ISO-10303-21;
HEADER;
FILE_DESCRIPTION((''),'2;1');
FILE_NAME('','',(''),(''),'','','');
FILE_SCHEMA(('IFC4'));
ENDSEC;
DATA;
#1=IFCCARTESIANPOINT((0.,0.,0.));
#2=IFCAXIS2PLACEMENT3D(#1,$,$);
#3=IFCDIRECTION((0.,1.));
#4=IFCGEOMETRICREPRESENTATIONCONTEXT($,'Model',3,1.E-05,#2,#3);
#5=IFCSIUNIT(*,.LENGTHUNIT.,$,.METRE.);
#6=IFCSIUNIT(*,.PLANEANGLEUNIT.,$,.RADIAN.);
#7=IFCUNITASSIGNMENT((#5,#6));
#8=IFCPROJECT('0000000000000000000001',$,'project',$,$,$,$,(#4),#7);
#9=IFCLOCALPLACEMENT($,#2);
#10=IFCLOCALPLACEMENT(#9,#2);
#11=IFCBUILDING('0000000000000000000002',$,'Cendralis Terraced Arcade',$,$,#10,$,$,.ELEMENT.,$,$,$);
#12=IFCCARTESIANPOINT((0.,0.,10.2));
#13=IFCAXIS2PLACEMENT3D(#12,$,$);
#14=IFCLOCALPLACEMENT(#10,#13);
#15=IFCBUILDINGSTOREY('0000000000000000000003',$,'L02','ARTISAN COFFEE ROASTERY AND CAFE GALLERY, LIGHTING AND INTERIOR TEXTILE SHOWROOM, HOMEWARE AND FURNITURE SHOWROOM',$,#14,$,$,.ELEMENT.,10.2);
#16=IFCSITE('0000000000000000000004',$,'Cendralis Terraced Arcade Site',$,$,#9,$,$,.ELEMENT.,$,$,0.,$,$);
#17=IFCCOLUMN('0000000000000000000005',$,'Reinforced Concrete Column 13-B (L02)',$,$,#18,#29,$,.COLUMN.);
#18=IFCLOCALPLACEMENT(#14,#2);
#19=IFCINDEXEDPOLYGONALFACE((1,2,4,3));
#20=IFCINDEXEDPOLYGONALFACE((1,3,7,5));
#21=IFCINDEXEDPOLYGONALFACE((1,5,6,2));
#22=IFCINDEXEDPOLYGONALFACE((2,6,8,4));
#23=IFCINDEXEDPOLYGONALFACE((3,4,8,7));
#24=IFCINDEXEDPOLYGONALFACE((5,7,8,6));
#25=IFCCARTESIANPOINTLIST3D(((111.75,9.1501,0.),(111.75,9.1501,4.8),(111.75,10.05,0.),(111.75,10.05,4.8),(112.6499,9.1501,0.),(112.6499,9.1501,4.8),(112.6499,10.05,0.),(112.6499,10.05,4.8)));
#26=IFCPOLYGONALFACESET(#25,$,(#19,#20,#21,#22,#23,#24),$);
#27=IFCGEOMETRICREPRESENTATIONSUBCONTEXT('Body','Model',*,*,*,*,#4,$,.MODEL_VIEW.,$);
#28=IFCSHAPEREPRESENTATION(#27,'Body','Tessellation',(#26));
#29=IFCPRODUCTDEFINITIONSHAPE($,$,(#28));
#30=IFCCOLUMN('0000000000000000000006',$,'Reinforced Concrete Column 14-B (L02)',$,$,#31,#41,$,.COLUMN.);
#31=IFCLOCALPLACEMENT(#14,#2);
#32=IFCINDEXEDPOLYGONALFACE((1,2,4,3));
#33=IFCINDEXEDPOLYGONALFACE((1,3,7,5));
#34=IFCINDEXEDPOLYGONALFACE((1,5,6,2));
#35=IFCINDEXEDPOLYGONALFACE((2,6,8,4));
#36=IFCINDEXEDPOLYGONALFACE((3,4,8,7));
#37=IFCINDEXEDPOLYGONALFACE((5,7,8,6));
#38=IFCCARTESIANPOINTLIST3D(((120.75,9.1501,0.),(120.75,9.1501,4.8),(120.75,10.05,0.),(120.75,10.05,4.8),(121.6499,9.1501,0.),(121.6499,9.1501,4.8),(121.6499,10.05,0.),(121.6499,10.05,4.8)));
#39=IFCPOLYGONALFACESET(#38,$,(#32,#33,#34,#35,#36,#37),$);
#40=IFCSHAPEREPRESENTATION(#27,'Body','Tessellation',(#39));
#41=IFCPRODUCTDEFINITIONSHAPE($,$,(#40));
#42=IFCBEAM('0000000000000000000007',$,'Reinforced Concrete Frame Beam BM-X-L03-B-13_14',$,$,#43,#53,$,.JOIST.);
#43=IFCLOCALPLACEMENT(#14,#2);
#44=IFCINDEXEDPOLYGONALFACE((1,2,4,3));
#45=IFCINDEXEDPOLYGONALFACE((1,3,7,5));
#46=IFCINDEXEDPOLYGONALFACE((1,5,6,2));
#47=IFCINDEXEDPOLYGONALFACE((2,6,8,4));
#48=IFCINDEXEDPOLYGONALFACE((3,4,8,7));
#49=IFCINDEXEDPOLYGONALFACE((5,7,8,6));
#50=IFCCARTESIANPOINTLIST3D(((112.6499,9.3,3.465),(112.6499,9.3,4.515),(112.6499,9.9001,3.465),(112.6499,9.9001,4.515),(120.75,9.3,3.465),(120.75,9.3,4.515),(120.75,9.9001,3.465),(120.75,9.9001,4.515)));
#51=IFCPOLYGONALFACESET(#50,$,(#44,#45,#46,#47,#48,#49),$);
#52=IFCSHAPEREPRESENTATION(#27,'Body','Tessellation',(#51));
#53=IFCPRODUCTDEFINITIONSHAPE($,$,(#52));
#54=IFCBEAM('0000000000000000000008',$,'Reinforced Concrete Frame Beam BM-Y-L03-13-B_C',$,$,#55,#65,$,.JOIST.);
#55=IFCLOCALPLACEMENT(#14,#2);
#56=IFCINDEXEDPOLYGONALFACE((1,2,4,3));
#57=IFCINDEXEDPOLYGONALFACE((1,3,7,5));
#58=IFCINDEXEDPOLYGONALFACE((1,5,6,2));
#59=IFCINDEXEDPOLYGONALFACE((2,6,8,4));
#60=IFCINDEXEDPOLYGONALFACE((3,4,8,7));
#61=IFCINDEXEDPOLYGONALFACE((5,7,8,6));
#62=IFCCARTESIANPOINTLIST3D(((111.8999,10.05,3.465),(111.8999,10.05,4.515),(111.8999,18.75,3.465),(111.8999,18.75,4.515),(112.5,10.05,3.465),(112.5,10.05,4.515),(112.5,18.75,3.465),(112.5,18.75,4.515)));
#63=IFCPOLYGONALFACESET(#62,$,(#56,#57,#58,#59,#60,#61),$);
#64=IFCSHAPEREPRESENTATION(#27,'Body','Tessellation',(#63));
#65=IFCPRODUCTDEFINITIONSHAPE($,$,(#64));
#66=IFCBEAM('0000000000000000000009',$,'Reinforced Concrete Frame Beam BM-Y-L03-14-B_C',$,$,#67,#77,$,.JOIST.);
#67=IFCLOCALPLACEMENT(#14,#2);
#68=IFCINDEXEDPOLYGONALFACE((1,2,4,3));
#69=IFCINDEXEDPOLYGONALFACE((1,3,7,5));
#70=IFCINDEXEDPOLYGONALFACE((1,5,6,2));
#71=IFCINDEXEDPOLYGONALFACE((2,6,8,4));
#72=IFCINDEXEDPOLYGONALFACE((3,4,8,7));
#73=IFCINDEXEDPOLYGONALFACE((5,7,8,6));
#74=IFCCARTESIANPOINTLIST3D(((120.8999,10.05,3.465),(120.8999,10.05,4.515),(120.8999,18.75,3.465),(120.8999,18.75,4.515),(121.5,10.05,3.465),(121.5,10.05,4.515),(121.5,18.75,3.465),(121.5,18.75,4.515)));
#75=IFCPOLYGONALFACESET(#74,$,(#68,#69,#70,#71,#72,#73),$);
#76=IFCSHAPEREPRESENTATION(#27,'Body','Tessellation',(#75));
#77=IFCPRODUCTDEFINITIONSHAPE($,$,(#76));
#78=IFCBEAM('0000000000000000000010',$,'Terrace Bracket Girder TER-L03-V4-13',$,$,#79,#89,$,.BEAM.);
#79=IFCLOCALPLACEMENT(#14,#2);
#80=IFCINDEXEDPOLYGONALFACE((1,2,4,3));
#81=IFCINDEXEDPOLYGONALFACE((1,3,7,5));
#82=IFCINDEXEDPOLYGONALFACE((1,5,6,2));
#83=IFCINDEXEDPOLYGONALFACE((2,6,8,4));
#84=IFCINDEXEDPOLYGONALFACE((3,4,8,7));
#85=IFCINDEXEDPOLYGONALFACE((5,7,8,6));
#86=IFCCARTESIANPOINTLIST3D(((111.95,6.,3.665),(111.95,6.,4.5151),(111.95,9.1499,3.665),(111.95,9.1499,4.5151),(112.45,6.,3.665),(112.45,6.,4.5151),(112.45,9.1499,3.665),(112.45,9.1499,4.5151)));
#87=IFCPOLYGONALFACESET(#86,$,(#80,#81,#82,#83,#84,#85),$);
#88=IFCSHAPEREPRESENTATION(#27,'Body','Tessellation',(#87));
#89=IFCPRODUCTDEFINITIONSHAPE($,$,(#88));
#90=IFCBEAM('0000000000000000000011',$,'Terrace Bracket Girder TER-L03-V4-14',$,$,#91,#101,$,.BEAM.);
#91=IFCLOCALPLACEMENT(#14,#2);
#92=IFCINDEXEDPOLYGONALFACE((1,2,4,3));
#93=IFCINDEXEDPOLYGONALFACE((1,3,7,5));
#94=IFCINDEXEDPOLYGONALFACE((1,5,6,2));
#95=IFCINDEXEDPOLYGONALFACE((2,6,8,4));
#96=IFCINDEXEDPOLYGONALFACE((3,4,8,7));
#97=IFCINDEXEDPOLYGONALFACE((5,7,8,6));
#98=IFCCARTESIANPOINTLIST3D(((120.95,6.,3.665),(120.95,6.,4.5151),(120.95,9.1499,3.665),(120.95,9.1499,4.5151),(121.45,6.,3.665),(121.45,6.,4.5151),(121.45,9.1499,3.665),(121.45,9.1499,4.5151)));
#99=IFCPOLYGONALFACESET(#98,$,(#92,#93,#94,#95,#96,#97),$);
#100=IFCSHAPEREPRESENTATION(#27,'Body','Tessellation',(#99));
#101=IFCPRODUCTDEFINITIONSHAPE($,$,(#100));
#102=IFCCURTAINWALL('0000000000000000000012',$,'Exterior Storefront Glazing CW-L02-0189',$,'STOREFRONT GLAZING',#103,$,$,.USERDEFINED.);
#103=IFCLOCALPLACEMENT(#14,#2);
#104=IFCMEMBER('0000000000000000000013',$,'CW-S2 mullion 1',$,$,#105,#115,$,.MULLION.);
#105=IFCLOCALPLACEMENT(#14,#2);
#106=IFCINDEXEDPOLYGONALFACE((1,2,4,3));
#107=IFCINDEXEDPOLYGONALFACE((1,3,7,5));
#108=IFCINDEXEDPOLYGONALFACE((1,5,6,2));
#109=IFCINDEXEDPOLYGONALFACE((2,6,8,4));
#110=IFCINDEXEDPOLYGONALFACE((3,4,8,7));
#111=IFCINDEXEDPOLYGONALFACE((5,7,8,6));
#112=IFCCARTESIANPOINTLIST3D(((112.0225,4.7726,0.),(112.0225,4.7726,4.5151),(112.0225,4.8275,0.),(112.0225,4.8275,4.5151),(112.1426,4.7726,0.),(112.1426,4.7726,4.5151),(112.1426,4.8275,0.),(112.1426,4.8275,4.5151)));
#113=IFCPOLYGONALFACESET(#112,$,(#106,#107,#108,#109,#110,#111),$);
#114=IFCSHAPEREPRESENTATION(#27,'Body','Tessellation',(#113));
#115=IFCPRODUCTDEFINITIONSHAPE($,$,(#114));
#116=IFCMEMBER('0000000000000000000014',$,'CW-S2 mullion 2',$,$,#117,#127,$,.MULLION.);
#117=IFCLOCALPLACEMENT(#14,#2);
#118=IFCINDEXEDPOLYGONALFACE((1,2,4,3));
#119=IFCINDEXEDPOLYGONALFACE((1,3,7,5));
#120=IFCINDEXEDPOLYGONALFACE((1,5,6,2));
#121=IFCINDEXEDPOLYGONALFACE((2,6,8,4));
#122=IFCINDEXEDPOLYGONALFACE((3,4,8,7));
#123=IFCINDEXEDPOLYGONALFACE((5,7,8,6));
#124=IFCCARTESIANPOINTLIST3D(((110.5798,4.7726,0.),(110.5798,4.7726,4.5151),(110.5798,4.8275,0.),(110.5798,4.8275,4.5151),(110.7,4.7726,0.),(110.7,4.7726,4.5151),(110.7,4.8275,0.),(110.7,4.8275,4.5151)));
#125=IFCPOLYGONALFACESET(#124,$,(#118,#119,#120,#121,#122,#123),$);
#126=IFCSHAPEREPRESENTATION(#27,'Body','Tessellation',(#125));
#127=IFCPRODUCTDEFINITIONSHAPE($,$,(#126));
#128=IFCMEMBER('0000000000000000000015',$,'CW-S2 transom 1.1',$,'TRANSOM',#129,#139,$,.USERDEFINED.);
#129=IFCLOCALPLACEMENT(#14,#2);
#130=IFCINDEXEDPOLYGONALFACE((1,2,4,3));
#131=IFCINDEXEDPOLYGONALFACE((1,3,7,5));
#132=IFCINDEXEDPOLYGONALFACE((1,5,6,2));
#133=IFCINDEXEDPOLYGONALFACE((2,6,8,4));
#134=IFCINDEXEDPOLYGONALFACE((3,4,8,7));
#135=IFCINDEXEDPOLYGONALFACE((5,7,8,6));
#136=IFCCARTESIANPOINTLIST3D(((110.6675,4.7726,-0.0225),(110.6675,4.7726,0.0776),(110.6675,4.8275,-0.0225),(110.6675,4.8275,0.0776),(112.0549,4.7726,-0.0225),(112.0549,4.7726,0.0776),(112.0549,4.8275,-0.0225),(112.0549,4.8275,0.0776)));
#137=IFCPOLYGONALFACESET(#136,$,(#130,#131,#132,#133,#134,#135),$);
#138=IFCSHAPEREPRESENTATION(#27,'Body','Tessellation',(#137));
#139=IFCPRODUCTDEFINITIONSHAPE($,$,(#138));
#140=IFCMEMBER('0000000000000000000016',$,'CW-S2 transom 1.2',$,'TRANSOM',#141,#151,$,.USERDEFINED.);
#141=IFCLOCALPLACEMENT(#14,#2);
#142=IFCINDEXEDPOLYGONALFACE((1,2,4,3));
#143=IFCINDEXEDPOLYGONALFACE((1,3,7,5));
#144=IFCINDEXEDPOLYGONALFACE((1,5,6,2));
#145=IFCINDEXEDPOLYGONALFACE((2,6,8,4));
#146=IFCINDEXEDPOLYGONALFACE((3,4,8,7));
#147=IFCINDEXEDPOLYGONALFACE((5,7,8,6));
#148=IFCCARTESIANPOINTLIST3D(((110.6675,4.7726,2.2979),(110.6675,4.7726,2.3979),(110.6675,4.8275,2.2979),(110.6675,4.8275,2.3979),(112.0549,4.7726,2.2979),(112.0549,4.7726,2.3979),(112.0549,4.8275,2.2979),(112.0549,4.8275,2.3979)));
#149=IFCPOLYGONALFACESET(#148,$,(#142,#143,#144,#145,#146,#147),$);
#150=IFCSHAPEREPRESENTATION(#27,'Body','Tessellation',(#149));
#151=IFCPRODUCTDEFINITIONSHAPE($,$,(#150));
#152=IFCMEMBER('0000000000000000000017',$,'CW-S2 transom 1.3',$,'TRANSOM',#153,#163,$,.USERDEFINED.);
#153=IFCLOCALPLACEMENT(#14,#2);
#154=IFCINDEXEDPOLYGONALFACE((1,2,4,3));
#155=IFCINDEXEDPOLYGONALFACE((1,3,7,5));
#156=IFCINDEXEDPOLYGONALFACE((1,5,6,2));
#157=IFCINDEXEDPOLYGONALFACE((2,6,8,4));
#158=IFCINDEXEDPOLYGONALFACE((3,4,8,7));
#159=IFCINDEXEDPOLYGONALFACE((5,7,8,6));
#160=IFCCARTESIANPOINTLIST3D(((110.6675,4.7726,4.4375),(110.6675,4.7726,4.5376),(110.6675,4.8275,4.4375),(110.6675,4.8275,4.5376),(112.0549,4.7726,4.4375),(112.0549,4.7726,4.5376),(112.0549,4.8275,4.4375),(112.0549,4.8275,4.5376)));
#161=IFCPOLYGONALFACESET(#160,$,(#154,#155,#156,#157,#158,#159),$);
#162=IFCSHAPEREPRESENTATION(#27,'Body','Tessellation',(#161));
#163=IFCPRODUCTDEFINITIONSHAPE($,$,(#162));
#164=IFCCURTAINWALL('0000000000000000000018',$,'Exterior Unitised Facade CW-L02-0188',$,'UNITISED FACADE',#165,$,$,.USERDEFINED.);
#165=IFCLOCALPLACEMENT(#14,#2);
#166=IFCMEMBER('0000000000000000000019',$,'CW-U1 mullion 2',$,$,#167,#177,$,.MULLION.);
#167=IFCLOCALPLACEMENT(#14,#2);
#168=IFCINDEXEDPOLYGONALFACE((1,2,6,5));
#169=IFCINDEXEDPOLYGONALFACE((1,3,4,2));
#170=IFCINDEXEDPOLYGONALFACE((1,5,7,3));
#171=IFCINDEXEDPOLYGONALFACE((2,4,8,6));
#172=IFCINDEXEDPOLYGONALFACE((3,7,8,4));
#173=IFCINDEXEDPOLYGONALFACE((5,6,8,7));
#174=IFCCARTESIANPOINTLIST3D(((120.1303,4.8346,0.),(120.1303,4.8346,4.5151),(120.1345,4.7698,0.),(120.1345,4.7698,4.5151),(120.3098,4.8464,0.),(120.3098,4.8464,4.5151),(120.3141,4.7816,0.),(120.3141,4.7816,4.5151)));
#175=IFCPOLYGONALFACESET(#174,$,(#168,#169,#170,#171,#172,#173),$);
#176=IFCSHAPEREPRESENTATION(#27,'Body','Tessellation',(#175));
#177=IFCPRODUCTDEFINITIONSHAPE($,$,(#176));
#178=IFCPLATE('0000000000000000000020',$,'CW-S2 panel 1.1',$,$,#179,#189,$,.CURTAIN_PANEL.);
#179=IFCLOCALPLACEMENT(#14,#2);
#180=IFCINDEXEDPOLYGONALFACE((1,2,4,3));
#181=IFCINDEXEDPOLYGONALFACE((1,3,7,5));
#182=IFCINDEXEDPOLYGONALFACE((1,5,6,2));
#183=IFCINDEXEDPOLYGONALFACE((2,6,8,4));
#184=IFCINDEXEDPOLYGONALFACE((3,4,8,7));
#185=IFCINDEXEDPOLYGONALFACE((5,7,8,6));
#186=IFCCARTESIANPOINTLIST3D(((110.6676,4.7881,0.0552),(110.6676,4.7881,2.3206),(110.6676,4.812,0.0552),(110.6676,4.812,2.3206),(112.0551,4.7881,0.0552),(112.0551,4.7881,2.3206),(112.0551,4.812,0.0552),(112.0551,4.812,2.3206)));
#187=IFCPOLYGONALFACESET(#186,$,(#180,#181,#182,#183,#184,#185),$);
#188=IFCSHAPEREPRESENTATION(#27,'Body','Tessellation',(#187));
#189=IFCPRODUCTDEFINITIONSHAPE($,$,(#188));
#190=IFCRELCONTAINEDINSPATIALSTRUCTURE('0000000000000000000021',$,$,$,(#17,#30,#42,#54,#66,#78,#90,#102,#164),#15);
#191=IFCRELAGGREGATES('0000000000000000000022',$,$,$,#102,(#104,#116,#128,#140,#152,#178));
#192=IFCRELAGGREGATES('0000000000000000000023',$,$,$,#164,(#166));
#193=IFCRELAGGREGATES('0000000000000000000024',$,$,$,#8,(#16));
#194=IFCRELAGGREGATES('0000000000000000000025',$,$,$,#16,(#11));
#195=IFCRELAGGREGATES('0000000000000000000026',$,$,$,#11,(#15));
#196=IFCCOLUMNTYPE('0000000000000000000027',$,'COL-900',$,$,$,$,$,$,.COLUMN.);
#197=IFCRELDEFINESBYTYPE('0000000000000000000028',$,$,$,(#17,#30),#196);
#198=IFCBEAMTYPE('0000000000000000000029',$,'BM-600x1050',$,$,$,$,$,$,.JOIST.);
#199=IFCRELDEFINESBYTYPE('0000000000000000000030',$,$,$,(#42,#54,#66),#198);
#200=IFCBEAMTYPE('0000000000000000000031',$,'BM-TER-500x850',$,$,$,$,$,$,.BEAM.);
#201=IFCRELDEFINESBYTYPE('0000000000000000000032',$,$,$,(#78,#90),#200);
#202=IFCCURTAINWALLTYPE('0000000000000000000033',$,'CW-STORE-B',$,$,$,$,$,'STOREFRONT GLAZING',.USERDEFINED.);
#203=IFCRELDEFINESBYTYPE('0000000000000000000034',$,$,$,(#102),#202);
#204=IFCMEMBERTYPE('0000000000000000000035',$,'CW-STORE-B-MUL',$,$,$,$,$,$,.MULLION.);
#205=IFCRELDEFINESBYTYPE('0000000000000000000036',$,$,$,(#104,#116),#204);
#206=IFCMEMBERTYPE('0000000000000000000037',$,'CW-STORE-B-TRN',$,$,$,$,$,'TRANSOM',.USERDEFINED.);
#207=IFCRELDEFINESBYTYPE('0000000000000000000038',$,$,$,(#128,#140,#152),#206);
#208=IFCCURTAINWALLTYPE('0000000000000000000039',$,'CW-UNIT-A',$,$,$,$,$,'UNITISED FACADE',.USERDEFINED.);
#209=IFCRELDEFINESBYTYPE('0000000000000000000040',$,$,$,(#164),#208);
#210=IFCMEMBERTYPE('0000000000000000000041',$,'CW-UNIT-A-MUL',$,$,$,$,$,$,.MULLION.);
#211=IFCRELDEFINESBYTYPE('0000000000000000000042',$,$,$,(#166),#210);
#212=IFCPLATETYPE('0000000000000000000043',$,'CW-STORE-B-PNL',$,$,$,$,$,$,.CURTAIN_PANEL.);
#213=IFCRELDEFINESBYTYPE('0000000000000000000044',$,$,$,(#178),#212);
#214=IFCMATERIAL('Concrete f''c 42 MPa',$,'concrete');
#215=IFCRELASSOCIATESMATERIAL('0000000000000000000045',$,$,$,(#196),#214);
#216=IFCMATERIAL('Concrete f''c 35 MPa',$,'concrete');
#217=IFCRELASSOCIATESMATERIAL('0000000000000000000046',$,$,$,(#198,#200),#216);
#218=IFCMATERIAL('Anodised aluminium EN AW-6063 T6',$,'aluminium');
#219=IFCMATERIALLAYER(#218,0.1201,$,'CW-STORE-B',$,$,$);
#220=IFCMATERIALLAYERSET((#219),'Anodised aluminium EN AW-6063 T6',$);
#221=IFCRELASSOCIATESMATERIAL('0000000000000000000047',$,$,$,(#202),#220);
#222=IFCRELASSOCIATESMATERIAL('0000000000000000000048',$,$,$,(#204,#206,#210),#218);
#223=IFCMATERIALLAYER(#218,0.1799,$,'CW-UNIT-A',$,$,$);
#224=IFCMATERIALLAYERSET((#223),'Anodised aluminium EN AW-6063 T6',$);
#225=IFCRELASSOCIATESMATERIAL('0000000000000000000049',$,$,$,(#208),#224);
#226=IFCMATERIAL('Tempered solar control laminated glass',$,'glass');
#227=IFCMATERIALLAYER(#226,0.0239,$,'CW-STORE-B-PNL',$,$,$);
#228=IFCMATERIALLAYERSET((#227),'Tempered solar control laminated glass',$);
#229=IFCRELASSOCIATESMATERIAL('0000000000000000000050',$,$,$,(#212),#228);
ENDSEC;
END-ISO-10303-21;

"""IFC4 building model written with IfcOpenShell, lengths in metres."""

from ifc_helpers import new_model, si_unit, direction, frame, origin, origin_2d, place, context, subcontext, project, spatial, rectangle, extrude, material, layer, layer_set, material_profile, profile_set, type_object, element, aggregate, save


model = new_model("IFC4")

# Units and contexts
model_context = context("Model", 3, precision=1e-05, world=origin(), true_north=direction((0.0, 1.0)))
body_context = subcontext(model_context, "Body", "Model", "MODEL_VIEW")
ifc_project = project(units=[si_unit("LENGTHUNIT", "METRE"), si_unit("PLANEANGLEUNIT", "RADIAN")], contexts=[model_context])

# Site, building, storey
site_placement = place(None, origin())
site = spatial("IfcSite", under=ifc_project, at=site_placement, Name="Cendralis Terraced Arcade Site", CompositionType="ELEMENT", RefElevation=0.0)
building_placement = place(site_placement, origin())
building = spatial("IfcBuilding", under=site, at=building_placement, Name="Cendralis Terraced Arcade", CompositionType="ELEMENT")
storey_placement = place(building_placement, frame((0.0, 0.0, 10.2)))
storey = spatial("IfcBuildingStorey", under=building, at=storey_placement, Name="L02", Description="ARTISAN COFFEE ROASTERY AND CAFE GALLERY, LIGHTING AND INTERIOR TEXTILE SHOWROOM, HOMEWARE AND FURNITURE SHOWROOM", CompositionType="ELEMENT", Elevation=10.2)

# Columns
ifc_material_1 = material(Name="Concrete f'c 42 MPa", Category="concrete")
ifc_material_profile_1 = material_profile(ifc_material_1, rectangle(XDim=0.8999, YDim=0.8999, at=origin_2d()), Name="RC-COL-900x900", Category="LoadBearing")
ifc_profile_set_1 = profile_set([ifc_material_profile_1], Name="Concrete f'c 42 MPa")
column_type = type_object("IfcColumnType", Name="COL-900", PredefinedType="COLUMN", material=ifc_profile_set_1)
for number, where, z_axis, x_axis, name in (
    (1, (112.2, 9.6001, 0.0), (0.0, 0.0, 1.0), (1.0, 0.0, 0.0), "Reinforced Concrete Column 13-B (L02)"),
    (2, (121.2, 9.6001, 0.0), (0.0, 0.0, 1.0), (1.0, 0.0, 0.0), "Reinforced Concrete Column 14-B (L02)"),
):
    element("IfcColumn", number, at=place(storey_placement, frame(where, z_axis=z_axis, x_axis=x_axis)), inside=storey, type_object=column_type, Name=name, PredefinedType="COLUMN", context=body_context, shape_type="SweptSolid", body=[
        extrude(rectangle(XDim=0.8999, YDim=0.8999, at=origin_2d()), origin(), (0.0, 0.0, 1.0), 4.8),
    ])

# Beams
ifc_material_2 = material(Name="Concrete f'c 35 MPa", Category="concrete")
ifc_material_profile_2 = material_profile(ifc_material_2, rectangle(XDim=0.6001, YDim=1.05, at=origin_2d()), Name="RC-BM-600x1050", Category="LoadBearing")
ifc_profile_set_2 = profile_set([ifc_material_profile_2], Name="Concrete f'c 35 MPa")
beam_type_1 = type_object("IfcBeamType", Name="BM-600x1050", PredefinedType="JOIST", material=ifc_profile_set_2)
beam_placement = place(storey_placement, frame((112.6499, 9.6001, 3.99), z_axis=(1.0, 0.0, 0.0), x_axis=(0.0, 1.0, 0.0)))
element("IfcBeam", 3, at=beam_placement, inside=storey, type_object=beam_type_1, Name="Reinforced Concrete Frame Beam BM-X-L03-B-13_14", PredefinedType="JOIST", context=body_context, shape_type="SweptSolid", body=[
    extrude(rectangle(XDim=0.6001, YDim=1.05, at=origin_2d()), origin(), (0.0, 0.0, 1.0), 8.1001),
])
for number, where, z_axis, x_axis, name in (
    (4, (112.2, 10.05, 3.99), (0.0, 1.0, 0.0), (-1.0, 0.0, 0.0), "Reinforced Concrete Frame Beam BM-Y-L03-13-B_C"),
    (5, (121.2, 10.05, 3.99), (0.0, 1.0, 0.0), (-1.0, 0.0, 0.0), "Reinforced Concrete Frame Beam BM-Y-L03-14-B_C"),
):
    element("IfcBeam", number, at=place(storey_placement, frame(where, z_axis=z_axis, x_axis=x_axis)), inside=storey, type_object=beam_type_1, Name=name, PredefinedType="JOIST", context=body_context, shape_type="SweptSolid", body=[
        extrude(rectangle(XDim=0.6001, YDim=1.05, at=origin_2d()), origin(), (0.0, 0.0, 1.0), 8.7),
    ])
ifc_material_profile_3 = material_profile(ifc_material_2, rectangle(XDim=0.5, YDim=0.8501, at=origin_2d()), Name="RC-BM-500x850", Category="LoadBearing")
ifc_profile_set_3 = profile_set([ifc_material_profile_3], Name="Concrete f'c 35 MPa")
beam_type_2 = type_object("IfcBeamType", Name="BM-TER-500x850", PredefinedType="BEAM", material=ifc_profile_set_3)
for number, where, z_axis, x_axis, name in (
    (6, (112.2, 9.1499, 4.0901), (0.0, -1.0, 0.0), (1.0, 0.0, 0.0), "Terrace Bracket Girder TER-L03-V4-13"),
    (7, (121.2, 9.1499, 4.0901), (0.0, -1.0, 0.0), (1.0, 0.0, 0.0), "Terrace Bracket Girder TER-L03-V4-14"),
):
    element("IfcBeam", number, at=place(storey_placement, frame(where, z_axis=z_axis, x_axis=x_axis)), inside=storey, type_object=beam_type_2, Name=name, PredefinedType="BEAM", context=body_context, shape_type="SweptSolid", body=[
        extrude(rectangle(XDim=0.5, YDim=0.8501, at=origin_2d()), origin(), (0.0, 0.0, 1.0), 3.1499),
    ])

# Curtain wall, members
ifc_material_3 = material(Name="Anodised aluminium EN AW-6063 T6", Category="aluminium")
ifc_layer_1 = layer(ifc_material_3, 0.1201, Name="CW-STORE-B")
ifc_layer_set_1 = layer_set([ifc_layer_1], Name="Anodised aluminium EN AW-6063 T6")
curtain_wall_type_1 = type_object("IfcCurtainWallType", Name="CW-STORE-B", ElementType="STOREFRONT GLAZING", PredefinedType="USERDEFINED", material=ifc_layer_set_1)
curtain_wall_1_placement = place(storey_placement, origin())
curtain_wall_1 = element("IfcCurtainWall", 8, at=curtain_wall_1_placement, inside=storey, type_object=curtain_wall_type_1, Name="Exterior Storefront Glazing CW-L02-0189", ObjectType="STOREFRONT GLAZING", PredefinedType="USERDEFINED")
ifc_material_profile_4 = material_profile(ifc_material_3, rectangle(XDim=0.0549, YDim=0.1201, at=origin_2d()), Name="ALU-MUL-55x120")
ifc_profile_set_4 = profile_set([ifc_material_profile_4], Name="Anodised aluminium EN AW-6063 T6")
member_type_1 = type_object("IfcMemberType", Name="CW-STORE-B-MUL", PredefinedType="MULLION", material=ifc_profile_set_4)
member_1_placement = place(storey_placement, frame((112.0825, 4.8, 0.0), z_axis=(0.0, 0.0, 1.0), x_axis=(0.0, -1.0, 0.0)))
member_1 = element("IfcMember", 9, at=member_1_placement, type_object=member_type_1, Name="CW-S2 mullion 1", PredefinedType="MULLION", context=body_context, shape_type="SweptSolid", body=[
    extrude(rectangle(XDim=0.0549, YDim=0.1201, at=origin_2d()), origin(), (0.0, 0.0, 1.0), 4.5151),
])
member_2_placement = place(storey_placement, frame((110.6399, 4.8, 0.0), z_axis=(0.0, 0.0, 1.0), x_axis=(0.0, -1.0, 0.0)))
member_2 = element("IfcMember", 10, at=member_2_placement, type_object=member_type_1, Name="CW-S2 mullion 2", PredefinedType="MULLION", context=body_context, shape_type="SweptSolid", body=[
    extrude(rectangle(XDim=0.0549, YDim=0.1201, at=origin_2d()), origin(), (0.0, 0.0, 1.0), 4.5151),
])
ifc_material_profile_5 = material_profile(ifc_material_3, rectangle(XDim=0.0549, YDim=0.1001, at=origin_2d()), Name="ALU-TRN-55x100")
ifc_profile_set_5 = profile_set([ifc_material_profile_5], Name="Anodised aluminium EN AW-6063 T6")
member_type_2 = type_object("IfcMemberType", Name="CW-STORE-B-TRN", ElementType="TRANSOM", PredefinedType="USERDEFINED", material=ifc_profile_set_5)
member_3_placement = place(storey_placement, frame((112.0549, 4.8, 0.0276), z_axis=(-1.0, 0.0, 0.0), x_axis=(0.0, -1.0, 0.0)))
member_3 = element("IfcMember", 11, at=member_3_placement, type_object=member_type_2, Name="CW-S2 transom 1.1", ObjectType="TRANSOM", PredefinedType="USERDEFINED", context=body_context, shape_type="SweptSolid", body=[
    extrude(rectangle(XDim=0.0549, YDim=0.1001, at=origin_2d()), origin(), (0.0, 0.0, 1.0), 1.3875),
])
member_4_placement = place(storey_placement, frame((112.0549, 4.8, 2.3479), z_axis=(-1.0, 0.0, 0.0), x_axis=(0.0, -1.0, 0.0)))
member_4 = element("IfcMember", 12, at=member_4_placement, type_object=member_type_2, Name="CW-S2 transom 1.2", ObjectType="TRANSOM", PredefinedType="USERDEFINED", context=body_context, shape_type="SweptSolid", body=[
    extrude(rectangle(XDim=0.0549, YDim=0.1001, at=origin_2d()), origin(), (0.0, 0.0, 1.0), 1.3875),
])
member_5_placement = place(storey_placement, frame((112.0549, 4.8, 4.4875), z_axis=(-1.0, 0.0, 0.0), x_axis=(0.0, -1.0, 0.0)))
member_5 = element("IfcMember", 13, at=member_5_placement, type_object=member_type_2, Name="CW-S2 transom 1.3", ObjectType="TRANSOM", PredefinedType="USERDEFINED", context=body_context, shape_type="SweptSolid", body=[
    extrude(rectangle(XDim=0.0549, YDim=0.1001, at=origin_2d()), origin(), (0.0, 0.0, 1.0), 1.3875),
])

# Curtain wall, member
ifc_layer_2 = layer(ifc_material_3, 0.1799, Name="CW-UNIT-A")
ifc_layer_set_2 = layer_set([ifc_layer_2], Name="Anodised aluminium EN AW-6063 T6")
curtain_wall_type_2 = type_object("IfcCurtainWallType", Name="CW-UNIT-A", ElementType="UNITISED FACADE", PredefinedType="USERDEFINED", material=ifc_layer_set_2)
curtain_wall_2_placement = place(storey_placement, origin())
curtain_wall_2 = element("IfcCurtainWall", 14, at=curtain_wall_2_placement, inside=storey, type_object=curtain_wall_type_2, Name="Exterior Unitised Facade CW-L02-0188", ObjectType="UNITISED FACADE", PredefinedType="USERDEFINED")
ifc_material_profile_6 = material_profile(ifc_material_3, rectangle(XDim=0.0649, YDim=0.1799, at=origin_2d()), Name="ALU-MUL-65x180")
ifc_profile_set_6 = profile_set([ifc_material_profile_6], Name="Anodised aluminium EN AW-6063 T6")
member_type_3 = type_object("IfcMemberType", Name="CW-UNIT-A-MUL", PredefinedType="MULLION", material=ifc_profile_set_6)
member_6_placement = place(storey_placement, frame((120.2222, 4.8081, 0.0), z_axis=(0.0, 0.0, 1.0), x_axis=(0.065384, -0.99786, 0.0)))
member_6 = element("IfcMember", 15, at=member_6_placement, type_object=member_type_3, Name="CW-U1 mullion 2", PredefinedType="MULLION", context=body_context, shape_type="SweptSolid", body=[
    extrude(rectangle(XDim=0.0649, YDim=0.1799, at=origin_2d()), origin(), (0.0, 0.0, 1.0), 4.5151),
])

# Plate
ifc_material_4 = material(Name="Tempered solar control laminated glass", Category="glass")
ifc_layer_3 = layer(ifc_material_4, 0.0239, Name="CW-STORE-B-PNL")
ifc_layer_set_3 = layer_set([ifc_layer_3], Name="Tempered solar control laminated glass")
plate_type_1 = type_object("IfcPlateType", Name="CW-STORE-B-PNL", PredefinedType="CURTAIN_PANEL", material=ifc_layer_set_3)
plate_1_placement = place(storey_placement, frame((111.3613, 4.8, 0.0552), z_axis=(0.0, 0.0, 1.0), x_axis=(-1.0, 0.0, 0.0)))
plate_1 = element("IfcPlate", 16, at=plate_1_placement, type_object=plate_type_1, Name="CW-S2 panel 1.1", PredefinedType="CURTAIN_PANEL", context=body_context, shape_type="SweptSolid", body=[
    extrude(rectangle(XDim=1.3875, YDim=0.0239, at=origin_2d()), origin(), (0.0, 0.0, 1.0), 2.2654),
])
aggregate(curtain_wall_1, [member_1, member_2, member_3, member_4, member_5, plate_1])
aggregate(curtain_wall_2, [member_6])

save(model, "model.ifc")
